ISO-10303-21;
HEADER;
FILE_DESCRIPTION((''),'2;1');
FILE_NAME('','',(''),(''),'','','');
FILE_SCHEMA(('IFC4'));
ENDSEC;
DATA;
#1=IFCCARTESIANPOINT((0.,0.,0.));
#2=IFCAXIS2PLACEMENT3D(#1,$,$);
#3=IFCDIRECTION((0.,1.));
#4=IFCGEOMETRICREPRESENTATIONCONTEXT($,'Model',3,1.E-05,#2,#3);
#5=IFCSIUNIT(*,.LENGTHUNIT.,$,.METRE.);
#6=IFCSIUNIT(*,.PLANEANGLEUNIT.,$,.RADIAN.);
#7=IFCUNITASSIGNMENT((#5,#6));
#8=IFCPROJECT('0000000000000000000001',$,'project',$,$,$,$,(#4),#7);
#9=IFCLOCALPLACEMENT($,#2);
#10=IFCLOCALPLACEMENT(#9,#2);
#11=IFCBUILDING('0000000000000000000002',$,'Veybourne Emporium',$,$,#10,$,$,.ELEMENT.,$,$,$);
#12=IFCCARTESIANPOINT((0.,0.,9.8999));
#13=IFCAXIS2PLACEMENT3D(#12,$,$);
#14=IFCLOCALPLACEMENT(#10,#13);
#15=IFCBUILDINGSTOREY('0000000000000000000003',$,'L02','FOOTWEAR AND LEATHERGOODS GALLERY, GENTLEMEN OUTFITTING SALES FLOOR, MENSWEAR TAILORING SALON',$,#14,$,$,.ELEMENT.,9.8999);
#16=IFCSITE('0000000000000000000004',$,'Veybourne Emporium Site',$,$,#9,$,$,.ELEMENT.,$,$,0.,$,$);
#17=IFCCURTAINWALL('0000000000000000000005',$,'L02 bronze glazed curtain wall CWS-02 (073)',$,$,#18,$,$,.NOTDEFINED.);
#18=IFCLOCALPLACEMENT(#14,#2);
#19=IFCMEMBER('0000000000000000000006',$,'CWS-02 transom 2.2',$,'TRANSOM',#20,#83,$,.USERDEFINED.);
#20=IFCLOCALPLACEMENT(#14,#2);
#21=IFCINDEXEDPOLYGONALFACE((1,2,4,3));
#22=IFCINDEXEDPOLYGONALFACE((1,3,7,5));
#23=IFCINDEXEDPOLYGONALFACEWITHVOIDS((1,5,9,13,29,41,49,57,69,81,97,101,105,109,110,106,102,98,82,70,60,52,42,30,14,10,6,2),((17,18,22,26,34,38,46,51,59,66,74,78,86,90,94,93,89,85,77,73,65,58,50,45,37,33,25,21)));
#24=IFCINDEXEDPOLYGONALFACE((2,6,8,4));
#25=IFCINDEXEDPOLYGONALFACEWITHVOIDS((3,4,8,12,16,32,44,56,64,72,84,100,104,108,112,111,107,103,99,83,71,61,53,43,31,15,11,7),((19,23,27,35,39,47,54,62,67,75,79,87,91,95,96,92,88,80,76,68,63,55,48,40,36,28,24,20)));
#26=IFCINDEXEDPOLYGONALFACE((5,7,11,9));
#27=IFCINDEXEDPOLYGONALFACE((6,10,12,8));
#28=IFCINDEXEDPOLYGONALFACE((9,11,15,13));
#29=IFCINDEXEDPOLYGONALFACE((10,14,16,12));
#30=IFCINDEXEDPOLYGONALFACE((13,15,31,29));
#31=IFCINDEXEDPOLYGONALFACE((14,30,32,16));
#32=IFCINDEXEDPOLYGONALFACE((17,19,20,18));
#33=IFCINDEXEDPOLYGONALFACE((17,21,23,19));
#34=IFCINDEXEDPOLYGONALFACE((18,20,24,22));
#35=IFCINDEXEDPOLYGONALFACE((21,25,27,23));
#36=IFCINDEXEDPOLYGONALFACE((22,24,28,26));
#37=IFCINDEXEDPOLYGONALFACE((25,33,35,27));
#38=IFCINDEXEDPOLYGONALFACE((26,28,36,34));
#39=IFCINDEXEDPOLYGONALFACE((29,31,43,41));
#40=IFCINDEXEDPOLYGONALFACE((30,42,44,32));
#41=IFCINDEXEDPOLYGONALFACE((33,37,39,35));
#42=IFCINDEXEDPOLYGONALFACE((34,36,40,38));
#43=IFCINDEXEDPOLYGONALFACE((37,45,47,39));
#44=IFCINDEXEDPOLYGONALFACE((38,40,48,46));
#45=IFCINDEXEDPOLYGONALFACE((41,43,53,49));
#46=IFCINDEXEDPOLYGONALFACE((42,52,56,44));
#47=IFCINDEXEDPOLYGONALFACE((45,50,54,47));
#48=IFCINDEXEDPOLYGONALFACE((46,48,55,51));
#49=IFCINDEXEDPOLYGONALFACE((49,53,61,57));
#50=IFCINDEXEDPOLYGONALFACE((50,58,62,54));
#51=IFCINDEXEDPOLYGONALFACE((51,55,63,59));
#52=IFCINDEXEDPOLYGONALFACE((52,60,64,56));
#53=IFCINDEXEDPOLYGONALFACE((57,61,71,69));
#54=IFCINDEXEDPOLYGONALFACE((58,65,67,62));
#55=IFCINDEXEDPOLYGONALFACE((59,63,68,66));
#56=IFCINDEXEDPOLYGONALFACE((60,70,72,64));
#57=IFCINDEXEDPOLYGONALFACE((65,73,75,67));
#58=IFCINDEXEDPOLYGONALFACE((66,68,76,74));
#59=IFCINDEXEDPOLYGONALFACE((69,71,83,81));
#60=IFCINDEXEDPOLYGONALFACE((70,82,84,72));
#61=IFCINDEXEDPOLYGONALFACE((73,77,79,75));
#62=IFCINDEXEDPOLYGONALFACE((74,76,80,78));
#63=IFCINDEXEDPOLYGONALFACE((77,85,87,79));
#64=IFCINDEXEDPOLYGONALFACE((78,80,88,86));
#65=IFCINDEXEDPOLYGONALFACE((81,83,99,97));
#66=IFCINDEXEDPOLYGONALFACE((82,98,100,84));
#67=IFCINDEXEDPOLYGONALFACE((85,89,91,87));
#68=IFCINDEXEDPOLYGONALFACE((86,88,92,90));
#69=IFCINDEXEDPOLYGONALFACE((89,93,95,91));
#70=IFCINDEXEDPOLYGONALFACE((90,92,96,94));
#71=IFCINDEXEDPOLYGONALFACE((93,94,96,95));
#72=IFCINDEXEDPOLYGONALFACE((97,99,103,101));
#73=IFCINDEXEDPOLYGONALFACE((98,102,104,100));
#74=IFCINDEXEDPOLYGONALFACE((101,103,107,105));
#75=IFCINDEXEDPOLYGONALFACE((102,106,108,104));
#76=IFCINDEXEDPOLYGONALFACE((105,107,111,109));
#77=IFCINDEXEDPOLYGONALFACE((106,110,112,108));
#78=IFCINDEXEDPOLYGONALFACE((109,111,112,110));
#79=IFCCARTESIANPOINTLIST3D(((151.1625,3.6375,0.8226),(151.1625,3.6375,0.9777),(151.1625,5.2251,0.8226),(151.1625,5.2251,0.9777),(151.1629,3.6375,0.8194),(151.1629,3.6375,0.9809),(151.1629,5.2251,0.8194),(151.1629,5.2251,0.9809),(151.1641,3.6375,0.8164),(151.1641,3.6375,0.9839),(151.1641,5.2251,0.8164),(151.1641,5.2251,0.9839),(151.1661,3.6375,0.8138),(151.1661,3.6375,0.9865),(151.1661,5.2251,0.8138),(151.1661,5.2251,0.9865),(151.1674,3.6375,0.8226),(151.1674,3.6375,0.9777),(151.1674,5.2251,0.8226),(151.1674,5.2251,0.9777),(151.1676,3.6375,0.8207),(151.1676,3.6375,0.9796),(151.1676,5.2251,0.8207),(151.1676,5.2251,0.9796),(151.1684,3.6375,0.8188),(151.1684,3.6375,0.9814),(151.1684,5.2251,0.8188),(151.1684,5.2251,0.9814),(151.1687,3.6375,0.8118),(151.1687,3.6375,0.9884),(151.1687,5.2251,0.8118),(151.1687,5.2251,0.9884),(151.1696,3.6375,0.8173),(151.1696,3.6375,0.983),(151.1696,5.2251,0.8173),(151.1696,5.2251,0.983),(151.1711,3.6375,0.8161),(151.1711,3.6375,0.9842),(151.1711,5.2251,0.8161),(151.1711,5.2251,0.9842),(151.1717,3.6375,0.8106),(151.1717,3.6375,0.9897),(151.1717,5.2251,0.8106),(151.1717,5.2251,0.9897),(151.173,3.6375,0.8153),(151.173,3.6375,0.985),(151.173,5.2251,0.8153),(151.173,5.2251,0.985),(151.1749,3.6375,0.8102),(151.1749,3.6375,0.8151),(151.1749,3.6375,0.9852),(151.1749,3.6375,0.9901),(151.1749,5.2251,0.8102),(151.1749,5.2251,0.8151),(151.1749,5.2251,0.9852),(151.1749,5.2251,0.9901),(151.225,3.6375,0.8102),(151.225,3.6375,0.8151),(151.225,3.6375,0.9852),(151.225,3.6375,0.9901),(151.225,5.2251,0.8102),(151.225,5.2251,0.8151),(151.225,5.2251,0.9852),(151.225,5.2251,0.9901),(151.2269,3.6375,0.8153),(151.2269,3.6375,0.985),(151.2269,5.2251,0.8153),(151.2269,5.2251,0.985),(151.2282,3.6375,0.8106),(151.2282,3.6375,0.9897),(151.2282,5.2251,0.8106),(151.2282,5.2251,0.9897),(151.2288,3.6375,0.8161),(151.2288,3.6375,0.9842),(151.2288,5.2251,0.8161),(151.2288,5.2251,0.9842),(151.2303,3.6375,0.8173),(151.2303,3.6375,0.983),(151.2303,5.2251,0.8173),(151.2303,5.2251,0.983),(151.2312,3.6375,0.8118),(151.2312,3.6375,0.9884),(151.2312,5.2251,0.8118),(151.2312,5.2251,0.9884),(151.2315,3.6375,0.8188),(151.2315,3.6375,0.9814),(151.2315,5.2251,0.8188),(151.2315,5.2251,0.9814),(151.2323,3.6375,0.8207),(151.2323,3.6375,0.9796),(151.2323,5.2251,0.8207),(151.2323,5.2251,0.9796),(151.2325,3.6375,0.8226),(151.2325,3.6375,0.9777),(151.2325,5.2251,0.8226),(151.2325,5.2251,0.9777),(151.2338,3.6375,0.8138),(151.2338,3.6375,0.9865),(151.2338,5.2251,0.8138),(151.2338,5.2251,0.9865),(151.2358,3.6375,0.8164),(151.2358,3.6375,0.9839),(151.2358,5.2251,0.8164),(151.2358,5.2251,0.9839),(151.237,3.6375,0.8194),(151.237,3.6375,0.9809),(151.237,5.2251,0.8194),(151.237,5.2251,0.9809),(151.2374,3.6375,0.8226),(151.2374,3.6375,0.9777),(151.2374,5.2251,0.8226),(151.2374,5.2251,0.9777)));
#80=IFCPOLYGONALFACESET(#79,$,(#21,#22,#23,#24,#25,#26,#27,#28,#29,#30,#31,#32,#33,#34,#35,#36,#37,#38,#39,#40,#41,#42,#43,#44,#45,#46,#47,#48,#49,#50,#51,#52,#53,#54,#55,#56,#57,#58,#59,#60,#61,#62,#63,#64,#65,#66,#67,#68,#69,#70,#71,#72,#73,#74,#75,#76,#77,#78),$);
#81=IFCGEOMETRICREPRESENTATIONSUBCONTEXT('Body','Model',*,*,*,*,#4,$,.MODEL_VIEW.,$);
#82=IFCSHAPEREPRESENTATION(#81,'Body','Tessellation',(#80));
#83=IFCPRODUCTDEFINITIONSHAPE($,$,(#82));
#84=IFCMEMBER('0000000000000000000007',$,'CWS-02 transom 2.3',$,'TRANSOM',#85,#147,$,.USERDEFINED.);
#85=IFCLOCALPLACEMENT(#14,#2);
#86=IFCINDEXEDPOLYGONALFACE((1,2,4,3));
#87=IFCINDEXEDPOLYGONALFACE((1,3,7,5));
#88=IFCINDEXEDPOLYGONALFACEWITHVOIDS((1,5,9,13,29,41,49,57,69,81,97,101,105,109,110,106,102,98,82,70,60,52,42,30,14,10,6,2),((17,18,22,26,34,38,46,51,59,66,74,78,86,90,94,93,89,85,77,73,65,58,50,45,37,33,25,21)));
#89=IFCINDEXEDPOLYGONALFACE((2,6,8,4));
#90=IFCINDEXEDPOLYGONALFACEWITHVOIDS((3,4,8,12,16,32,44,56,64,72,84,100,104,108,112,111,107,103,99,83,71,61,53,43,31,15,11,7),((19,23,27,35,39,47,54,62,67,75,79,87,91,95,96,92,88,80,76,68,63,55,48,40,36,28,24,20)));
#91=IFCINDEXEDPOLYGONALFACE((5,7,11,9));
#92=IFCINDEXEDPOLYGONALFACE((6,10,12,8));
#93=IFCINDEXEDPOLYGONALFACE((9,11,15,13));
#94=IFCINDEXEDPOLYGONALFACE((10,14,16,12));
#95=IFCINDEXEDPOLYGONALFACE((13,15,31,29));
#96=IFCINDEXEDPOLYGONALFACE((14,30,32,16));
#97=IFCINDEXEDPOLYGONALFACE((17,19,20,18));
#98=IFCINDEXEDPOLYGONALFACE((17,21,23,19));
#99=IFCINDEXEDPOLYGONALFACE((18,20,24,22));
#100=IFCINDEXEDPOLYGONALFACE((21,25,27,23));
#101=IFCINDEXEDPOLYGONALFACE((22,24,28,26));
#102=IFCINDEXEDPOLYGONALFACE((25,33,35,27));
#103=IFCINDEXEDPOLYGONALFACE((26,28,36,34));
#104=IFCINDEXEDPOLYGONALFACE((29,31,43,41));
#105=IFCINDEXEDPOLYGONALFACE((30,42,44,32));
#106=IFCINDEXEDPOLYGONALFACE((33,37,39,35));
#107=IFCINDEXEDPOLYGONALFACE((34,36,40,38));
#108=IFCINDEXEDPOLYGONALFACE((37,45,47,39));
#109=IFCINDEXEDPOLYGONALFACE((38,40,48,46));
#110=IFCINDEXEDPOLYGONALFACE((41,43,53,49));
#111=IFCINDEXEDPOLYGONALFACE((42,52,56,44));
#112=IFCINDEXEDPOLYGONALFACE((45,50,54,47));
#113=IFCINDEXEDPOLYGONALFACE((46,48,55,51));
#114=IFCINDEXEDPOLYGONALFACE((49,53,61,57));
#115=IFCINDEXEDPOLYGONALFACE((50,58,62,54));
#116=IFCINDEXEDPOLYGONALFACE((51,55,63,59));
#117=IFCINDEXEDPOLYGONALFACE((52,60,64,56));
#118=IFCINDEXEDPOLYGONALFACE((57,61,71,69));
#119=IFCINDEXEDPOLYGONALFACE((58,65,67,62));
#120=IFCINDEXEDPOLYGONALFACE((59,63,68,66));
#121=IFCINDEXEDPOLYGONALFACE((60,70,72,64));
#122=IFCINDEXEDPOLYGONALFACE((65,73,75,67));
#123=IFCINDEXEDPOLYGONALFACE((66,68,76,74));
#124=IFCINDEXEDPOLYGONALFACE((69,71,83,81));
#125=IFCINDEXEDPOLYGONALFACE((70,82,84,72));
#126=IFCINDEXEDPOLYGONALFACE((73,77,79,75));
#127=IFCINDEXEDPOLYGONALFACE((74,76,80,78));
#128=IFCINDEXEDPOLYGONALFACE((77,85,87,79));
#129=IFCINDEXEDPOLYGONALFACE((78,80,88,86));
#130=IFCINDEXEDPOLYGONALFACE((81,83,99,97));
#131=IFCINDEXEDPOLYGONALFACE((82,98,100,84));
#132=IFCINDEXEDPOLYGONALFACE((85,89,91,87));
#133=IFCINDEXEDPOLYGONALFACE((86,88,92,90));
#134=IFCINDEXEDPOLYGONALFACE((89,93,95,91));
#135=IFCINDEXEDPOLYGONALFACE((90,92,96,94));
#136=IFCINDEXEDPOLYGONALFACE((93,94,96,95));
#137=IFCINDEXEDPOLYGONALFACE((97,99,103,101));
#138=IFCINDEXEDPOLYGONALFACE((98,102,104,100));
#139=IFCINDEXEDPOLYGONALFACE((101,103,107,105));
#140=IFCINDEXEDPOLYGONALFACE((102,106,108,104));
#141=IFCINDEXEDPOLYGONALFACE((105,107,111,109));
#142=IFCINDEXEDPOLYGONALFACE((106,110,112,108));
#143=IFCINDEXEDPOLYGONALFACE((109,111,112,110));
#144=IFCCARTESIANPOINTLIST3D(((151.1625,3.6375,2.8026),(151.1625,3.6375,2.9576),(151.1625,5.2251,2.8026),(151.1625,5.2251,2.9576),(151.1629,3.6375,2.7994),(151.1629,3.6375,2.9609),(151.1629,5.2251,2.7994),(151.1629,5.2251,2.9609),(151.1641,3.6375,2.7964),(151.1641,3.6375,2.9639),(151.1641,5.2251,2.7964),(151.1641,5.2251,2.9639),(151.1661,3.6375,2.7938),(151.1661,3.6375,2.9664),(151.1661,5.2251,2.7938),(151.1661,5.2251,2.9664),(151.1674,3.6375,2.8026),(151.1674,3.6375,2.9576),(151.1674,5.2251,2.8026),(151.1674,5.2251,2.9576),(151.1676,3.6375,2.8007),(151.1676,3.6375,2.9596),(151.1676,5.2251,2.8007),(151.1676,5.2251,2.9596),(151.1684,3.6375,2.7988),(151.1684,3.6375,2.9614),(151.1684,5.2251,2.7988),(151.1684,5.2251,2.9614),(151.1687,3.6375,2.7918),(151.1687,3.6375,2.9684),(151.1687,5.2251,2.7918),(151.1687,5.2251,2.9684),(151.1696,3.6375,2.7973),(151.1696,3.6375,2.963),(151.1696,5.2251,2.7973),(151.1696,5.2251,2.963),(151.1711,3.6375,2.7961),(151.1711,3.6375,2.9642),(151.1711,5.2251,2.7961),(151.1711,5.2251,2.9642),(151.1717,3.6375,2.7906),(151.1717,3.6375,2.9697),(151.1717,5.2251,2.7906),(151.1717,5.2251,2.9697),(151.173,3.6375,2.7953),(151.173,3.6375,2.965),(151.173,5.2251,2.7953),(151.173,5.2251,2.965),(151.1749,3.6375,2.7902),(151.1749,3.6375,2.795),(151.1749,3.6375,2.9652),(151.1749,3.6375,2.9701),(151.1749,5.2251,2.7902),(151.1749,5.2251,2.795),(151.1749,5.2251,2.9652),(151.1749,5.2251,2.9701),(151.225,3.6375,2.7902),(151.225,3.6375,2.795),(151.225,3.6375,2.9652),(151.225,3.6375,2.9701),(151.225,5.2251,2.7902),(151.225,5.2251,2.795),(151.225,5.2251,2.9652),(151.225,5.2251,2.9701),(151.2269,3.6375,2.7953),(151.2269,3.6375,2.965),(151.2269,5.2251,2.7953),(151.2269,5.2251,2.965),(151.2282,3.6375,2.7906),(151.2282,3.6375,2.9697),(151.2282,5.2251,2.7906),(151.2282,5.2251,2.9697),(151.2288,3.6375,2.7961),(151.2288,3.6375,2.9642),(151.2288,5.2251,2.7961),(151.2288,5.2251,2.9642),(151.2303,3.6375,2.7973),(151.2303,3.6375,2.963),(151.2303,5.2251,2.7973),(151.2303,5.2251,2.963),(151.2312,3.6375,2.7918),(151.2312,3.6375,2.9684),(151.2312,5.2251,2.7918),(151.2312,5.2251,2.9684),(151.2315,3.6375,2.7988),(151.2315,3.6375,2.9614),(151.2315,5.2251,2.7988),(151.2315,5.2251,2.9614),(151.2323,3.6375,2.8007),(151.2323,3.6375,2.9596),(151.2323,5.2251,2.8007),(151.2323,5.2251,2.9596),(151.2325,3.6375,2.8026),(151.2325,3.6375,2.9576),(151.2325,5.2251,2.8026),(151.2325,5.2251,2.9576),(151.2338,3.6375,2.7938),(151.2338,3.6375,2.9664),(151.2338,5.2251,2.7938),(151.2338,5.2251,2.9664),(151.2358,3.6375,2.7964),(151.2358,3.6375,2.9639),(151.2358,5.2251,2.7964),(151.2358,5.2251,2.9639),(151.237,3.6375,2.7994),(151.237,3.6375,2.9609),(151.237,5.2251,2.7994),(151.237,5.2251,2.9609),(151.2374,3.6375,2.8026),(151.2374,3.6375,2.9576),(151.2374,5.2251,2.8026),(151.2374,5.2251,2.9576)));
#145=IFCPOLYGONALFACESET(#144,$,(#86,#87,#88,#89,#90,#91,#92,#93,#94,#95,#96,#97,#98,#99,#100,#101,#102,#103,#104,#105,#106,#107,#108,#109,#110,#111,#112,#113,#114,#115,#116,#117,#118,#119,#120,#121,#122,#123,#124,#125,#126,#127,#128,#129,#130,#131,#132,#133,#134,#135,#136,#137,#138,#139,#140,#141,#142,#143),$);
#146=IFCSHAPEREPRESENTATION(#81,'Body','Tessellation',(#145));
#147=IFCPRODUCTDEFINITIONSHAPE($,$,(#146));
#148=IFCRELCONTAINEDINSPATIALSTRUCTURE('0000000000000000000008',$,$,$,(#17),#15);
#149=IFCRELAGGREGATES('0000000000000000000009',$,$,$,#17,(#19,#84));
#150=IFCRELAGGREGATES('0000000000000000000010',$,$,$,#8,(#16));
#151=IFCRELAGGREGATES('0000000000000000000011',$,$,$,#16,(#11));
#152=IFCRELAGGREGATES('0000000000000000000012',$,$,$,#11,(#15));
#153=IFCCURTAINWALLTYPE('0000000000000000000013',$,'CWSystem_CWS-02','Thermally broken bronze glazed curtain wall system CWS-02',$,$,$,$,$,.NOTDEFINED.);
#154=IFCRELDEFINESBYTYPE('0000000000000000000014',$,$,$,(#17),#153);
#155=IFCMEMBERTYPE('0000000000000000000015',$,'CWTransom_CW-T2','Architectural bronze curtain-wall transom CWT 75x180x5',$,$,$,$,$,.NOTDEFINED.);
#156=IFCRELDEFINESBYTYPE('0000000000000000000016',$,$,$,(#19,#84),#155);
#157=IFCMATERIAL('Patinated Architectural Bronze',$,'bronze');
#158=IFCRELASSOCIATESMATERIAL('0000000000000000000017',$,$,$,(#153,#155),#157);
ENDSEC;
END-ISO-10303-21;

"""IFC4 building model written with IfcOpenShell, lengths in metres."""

from ifc_helpers import new_model, si_unit, direction, frame, origin, origin_2d, place, context, subcontext, project, spatial, hollow_rectangle, extrude, material, material_profile, profile_set, type_object, element, aggregate, save


model = new_model("IFC4")

# Units and contexts
model_context = context("Model", 3, precision=1e-05, world=origin(), true_north=direction((0.0, 1.0)))
body_context = subcontext(model_context, "Body", "Model", "MODEL_VIEW")
ifc_project = project(units=[si_unit("LENGTHUNIT", "METRE"), si_unit("PLANEANGLEUNIT", "RADIAN")], contexts=[model_context])

# Site, building, storey
site_placement = place(None, origin())
site = spatial("IfcSite", under=ifc_project, at=site_placement, Name="Veybourne Emporium Site", CompositionType="ELEMENT", RefElevation=0.0)
building_placement = place(site_placement, origin())
building = spatial("IfcBuilding", under=site, at=building_placement, Name="Veybourne Emporium", CompositionType="ELEMENT")
storey_placement = place(building_placement, frame((0.0, 0.0, 9.8999)))
storey = spatial("IfcBuildingStorey", under=building, at=storey_placement, Name="L02", Description="FOOTWEAR AND LEATHERGOODS GALLERY, GENTLEMEN OUTFITTING SALES FLOOR, MENSWEAR TAILORING SALON", CompositionType="ELEMENT", Elevation=9.8999)

# Curtain wall
ifc_material_1 = material(Name="Patinated Architectural Bronze", Category="bronze")
curtain_wall_type_1 = type_object("IfcCurtainWallType", Name="CWSystem_CWS-02", Description="Thermally broken bronze glazed curtain wall system CWS-02", PredefinedType="NOTDEFINED", material=ifc_material_1)
curtain_wall_1_placement = place(storey_placement, origin())
curtain_wall_1 = element("IfcCurtainWall", 1, at=curtain_wall_1_placement, inside=storey, type_object=curtain_wall_type_1, Name="L02 bronze glazed curtain wall CWS-02 (073)", PredefinedType="NOTDEFINED")

# Members
ifc_material_profile_1 = material_profile(ifc_material_1, hollow_rectangle(XDim=0.075, YDim=0.1799, WallThickness=0.0049, InnerFilletRadius=0.0076, OuterFilletRadius=0.0125, at=origin_2d()), Name="CWT 75x180x5")
ifc_profile_set_1 = profile_set([ifc_material_profile_1], Name="Patinated Architectural Bronze")
member_type_1 = type_object("IfcMemberType", Name="CWTransom_CW-T2", Description="Architectural bronze curtain-wall transom CWT 75x180x5", PredefinedType="NOTDEFINED", material=ifc_profile_set_1)
member_1_placement = place(storey_placement, frame((151.2, 5.2251, 0.9001), z_axis=(0.0, -1.0, 0.0), x_axis=(1.0, 0.0, 0.0)))
member_1 = element("IfcMember", 2, at=member_1_placement, type_object=member_type_1, Name="CWS-02 transom 2.2", ObjectType="TRANSOM", PredefinedType="USERDEFINED", context=body_context, shape_type="SweptSolid", body=[
    extrude(hollow_rectangle(XDim=0.075, YDim=0.1799, WallThickness=0.0049, InnerFilletRadius=0.0076, OuterFilletRadius=0.0125, at=origin_2d()), origin(), (0.0, 0.0, 1.0), 1.5876),
])
member_2_placement = place(storey_placement, frame((151.2, 5.2251, 2.8801), z_axis=(0.0, -1.0, 0.0), x_axis=(1.0, 0.0, 0.0)))
member_2 = element("IfcMember", 3, at=member_2_placement, type_object=member_type_1, Name="CWS-02 transom 2.3", ObjectType="TRANSOM", PredefinedType="USERDEFINED", context=body_context, shape_type="SweptSolid", body=[
    extrude(hollow_rectangle(XDim=0.075, YDim=0.1799, WallThickness=0.0049, InnerFilletRadius=0.0076, OuterFilletRadius=0.0125, at=origin_2d()), origin(), (0.0, 0.0, 1.0), 1.5876),
])

aggregate(curtain_wall_1, [member_1, member_2])

save(model, "model.ifc")
